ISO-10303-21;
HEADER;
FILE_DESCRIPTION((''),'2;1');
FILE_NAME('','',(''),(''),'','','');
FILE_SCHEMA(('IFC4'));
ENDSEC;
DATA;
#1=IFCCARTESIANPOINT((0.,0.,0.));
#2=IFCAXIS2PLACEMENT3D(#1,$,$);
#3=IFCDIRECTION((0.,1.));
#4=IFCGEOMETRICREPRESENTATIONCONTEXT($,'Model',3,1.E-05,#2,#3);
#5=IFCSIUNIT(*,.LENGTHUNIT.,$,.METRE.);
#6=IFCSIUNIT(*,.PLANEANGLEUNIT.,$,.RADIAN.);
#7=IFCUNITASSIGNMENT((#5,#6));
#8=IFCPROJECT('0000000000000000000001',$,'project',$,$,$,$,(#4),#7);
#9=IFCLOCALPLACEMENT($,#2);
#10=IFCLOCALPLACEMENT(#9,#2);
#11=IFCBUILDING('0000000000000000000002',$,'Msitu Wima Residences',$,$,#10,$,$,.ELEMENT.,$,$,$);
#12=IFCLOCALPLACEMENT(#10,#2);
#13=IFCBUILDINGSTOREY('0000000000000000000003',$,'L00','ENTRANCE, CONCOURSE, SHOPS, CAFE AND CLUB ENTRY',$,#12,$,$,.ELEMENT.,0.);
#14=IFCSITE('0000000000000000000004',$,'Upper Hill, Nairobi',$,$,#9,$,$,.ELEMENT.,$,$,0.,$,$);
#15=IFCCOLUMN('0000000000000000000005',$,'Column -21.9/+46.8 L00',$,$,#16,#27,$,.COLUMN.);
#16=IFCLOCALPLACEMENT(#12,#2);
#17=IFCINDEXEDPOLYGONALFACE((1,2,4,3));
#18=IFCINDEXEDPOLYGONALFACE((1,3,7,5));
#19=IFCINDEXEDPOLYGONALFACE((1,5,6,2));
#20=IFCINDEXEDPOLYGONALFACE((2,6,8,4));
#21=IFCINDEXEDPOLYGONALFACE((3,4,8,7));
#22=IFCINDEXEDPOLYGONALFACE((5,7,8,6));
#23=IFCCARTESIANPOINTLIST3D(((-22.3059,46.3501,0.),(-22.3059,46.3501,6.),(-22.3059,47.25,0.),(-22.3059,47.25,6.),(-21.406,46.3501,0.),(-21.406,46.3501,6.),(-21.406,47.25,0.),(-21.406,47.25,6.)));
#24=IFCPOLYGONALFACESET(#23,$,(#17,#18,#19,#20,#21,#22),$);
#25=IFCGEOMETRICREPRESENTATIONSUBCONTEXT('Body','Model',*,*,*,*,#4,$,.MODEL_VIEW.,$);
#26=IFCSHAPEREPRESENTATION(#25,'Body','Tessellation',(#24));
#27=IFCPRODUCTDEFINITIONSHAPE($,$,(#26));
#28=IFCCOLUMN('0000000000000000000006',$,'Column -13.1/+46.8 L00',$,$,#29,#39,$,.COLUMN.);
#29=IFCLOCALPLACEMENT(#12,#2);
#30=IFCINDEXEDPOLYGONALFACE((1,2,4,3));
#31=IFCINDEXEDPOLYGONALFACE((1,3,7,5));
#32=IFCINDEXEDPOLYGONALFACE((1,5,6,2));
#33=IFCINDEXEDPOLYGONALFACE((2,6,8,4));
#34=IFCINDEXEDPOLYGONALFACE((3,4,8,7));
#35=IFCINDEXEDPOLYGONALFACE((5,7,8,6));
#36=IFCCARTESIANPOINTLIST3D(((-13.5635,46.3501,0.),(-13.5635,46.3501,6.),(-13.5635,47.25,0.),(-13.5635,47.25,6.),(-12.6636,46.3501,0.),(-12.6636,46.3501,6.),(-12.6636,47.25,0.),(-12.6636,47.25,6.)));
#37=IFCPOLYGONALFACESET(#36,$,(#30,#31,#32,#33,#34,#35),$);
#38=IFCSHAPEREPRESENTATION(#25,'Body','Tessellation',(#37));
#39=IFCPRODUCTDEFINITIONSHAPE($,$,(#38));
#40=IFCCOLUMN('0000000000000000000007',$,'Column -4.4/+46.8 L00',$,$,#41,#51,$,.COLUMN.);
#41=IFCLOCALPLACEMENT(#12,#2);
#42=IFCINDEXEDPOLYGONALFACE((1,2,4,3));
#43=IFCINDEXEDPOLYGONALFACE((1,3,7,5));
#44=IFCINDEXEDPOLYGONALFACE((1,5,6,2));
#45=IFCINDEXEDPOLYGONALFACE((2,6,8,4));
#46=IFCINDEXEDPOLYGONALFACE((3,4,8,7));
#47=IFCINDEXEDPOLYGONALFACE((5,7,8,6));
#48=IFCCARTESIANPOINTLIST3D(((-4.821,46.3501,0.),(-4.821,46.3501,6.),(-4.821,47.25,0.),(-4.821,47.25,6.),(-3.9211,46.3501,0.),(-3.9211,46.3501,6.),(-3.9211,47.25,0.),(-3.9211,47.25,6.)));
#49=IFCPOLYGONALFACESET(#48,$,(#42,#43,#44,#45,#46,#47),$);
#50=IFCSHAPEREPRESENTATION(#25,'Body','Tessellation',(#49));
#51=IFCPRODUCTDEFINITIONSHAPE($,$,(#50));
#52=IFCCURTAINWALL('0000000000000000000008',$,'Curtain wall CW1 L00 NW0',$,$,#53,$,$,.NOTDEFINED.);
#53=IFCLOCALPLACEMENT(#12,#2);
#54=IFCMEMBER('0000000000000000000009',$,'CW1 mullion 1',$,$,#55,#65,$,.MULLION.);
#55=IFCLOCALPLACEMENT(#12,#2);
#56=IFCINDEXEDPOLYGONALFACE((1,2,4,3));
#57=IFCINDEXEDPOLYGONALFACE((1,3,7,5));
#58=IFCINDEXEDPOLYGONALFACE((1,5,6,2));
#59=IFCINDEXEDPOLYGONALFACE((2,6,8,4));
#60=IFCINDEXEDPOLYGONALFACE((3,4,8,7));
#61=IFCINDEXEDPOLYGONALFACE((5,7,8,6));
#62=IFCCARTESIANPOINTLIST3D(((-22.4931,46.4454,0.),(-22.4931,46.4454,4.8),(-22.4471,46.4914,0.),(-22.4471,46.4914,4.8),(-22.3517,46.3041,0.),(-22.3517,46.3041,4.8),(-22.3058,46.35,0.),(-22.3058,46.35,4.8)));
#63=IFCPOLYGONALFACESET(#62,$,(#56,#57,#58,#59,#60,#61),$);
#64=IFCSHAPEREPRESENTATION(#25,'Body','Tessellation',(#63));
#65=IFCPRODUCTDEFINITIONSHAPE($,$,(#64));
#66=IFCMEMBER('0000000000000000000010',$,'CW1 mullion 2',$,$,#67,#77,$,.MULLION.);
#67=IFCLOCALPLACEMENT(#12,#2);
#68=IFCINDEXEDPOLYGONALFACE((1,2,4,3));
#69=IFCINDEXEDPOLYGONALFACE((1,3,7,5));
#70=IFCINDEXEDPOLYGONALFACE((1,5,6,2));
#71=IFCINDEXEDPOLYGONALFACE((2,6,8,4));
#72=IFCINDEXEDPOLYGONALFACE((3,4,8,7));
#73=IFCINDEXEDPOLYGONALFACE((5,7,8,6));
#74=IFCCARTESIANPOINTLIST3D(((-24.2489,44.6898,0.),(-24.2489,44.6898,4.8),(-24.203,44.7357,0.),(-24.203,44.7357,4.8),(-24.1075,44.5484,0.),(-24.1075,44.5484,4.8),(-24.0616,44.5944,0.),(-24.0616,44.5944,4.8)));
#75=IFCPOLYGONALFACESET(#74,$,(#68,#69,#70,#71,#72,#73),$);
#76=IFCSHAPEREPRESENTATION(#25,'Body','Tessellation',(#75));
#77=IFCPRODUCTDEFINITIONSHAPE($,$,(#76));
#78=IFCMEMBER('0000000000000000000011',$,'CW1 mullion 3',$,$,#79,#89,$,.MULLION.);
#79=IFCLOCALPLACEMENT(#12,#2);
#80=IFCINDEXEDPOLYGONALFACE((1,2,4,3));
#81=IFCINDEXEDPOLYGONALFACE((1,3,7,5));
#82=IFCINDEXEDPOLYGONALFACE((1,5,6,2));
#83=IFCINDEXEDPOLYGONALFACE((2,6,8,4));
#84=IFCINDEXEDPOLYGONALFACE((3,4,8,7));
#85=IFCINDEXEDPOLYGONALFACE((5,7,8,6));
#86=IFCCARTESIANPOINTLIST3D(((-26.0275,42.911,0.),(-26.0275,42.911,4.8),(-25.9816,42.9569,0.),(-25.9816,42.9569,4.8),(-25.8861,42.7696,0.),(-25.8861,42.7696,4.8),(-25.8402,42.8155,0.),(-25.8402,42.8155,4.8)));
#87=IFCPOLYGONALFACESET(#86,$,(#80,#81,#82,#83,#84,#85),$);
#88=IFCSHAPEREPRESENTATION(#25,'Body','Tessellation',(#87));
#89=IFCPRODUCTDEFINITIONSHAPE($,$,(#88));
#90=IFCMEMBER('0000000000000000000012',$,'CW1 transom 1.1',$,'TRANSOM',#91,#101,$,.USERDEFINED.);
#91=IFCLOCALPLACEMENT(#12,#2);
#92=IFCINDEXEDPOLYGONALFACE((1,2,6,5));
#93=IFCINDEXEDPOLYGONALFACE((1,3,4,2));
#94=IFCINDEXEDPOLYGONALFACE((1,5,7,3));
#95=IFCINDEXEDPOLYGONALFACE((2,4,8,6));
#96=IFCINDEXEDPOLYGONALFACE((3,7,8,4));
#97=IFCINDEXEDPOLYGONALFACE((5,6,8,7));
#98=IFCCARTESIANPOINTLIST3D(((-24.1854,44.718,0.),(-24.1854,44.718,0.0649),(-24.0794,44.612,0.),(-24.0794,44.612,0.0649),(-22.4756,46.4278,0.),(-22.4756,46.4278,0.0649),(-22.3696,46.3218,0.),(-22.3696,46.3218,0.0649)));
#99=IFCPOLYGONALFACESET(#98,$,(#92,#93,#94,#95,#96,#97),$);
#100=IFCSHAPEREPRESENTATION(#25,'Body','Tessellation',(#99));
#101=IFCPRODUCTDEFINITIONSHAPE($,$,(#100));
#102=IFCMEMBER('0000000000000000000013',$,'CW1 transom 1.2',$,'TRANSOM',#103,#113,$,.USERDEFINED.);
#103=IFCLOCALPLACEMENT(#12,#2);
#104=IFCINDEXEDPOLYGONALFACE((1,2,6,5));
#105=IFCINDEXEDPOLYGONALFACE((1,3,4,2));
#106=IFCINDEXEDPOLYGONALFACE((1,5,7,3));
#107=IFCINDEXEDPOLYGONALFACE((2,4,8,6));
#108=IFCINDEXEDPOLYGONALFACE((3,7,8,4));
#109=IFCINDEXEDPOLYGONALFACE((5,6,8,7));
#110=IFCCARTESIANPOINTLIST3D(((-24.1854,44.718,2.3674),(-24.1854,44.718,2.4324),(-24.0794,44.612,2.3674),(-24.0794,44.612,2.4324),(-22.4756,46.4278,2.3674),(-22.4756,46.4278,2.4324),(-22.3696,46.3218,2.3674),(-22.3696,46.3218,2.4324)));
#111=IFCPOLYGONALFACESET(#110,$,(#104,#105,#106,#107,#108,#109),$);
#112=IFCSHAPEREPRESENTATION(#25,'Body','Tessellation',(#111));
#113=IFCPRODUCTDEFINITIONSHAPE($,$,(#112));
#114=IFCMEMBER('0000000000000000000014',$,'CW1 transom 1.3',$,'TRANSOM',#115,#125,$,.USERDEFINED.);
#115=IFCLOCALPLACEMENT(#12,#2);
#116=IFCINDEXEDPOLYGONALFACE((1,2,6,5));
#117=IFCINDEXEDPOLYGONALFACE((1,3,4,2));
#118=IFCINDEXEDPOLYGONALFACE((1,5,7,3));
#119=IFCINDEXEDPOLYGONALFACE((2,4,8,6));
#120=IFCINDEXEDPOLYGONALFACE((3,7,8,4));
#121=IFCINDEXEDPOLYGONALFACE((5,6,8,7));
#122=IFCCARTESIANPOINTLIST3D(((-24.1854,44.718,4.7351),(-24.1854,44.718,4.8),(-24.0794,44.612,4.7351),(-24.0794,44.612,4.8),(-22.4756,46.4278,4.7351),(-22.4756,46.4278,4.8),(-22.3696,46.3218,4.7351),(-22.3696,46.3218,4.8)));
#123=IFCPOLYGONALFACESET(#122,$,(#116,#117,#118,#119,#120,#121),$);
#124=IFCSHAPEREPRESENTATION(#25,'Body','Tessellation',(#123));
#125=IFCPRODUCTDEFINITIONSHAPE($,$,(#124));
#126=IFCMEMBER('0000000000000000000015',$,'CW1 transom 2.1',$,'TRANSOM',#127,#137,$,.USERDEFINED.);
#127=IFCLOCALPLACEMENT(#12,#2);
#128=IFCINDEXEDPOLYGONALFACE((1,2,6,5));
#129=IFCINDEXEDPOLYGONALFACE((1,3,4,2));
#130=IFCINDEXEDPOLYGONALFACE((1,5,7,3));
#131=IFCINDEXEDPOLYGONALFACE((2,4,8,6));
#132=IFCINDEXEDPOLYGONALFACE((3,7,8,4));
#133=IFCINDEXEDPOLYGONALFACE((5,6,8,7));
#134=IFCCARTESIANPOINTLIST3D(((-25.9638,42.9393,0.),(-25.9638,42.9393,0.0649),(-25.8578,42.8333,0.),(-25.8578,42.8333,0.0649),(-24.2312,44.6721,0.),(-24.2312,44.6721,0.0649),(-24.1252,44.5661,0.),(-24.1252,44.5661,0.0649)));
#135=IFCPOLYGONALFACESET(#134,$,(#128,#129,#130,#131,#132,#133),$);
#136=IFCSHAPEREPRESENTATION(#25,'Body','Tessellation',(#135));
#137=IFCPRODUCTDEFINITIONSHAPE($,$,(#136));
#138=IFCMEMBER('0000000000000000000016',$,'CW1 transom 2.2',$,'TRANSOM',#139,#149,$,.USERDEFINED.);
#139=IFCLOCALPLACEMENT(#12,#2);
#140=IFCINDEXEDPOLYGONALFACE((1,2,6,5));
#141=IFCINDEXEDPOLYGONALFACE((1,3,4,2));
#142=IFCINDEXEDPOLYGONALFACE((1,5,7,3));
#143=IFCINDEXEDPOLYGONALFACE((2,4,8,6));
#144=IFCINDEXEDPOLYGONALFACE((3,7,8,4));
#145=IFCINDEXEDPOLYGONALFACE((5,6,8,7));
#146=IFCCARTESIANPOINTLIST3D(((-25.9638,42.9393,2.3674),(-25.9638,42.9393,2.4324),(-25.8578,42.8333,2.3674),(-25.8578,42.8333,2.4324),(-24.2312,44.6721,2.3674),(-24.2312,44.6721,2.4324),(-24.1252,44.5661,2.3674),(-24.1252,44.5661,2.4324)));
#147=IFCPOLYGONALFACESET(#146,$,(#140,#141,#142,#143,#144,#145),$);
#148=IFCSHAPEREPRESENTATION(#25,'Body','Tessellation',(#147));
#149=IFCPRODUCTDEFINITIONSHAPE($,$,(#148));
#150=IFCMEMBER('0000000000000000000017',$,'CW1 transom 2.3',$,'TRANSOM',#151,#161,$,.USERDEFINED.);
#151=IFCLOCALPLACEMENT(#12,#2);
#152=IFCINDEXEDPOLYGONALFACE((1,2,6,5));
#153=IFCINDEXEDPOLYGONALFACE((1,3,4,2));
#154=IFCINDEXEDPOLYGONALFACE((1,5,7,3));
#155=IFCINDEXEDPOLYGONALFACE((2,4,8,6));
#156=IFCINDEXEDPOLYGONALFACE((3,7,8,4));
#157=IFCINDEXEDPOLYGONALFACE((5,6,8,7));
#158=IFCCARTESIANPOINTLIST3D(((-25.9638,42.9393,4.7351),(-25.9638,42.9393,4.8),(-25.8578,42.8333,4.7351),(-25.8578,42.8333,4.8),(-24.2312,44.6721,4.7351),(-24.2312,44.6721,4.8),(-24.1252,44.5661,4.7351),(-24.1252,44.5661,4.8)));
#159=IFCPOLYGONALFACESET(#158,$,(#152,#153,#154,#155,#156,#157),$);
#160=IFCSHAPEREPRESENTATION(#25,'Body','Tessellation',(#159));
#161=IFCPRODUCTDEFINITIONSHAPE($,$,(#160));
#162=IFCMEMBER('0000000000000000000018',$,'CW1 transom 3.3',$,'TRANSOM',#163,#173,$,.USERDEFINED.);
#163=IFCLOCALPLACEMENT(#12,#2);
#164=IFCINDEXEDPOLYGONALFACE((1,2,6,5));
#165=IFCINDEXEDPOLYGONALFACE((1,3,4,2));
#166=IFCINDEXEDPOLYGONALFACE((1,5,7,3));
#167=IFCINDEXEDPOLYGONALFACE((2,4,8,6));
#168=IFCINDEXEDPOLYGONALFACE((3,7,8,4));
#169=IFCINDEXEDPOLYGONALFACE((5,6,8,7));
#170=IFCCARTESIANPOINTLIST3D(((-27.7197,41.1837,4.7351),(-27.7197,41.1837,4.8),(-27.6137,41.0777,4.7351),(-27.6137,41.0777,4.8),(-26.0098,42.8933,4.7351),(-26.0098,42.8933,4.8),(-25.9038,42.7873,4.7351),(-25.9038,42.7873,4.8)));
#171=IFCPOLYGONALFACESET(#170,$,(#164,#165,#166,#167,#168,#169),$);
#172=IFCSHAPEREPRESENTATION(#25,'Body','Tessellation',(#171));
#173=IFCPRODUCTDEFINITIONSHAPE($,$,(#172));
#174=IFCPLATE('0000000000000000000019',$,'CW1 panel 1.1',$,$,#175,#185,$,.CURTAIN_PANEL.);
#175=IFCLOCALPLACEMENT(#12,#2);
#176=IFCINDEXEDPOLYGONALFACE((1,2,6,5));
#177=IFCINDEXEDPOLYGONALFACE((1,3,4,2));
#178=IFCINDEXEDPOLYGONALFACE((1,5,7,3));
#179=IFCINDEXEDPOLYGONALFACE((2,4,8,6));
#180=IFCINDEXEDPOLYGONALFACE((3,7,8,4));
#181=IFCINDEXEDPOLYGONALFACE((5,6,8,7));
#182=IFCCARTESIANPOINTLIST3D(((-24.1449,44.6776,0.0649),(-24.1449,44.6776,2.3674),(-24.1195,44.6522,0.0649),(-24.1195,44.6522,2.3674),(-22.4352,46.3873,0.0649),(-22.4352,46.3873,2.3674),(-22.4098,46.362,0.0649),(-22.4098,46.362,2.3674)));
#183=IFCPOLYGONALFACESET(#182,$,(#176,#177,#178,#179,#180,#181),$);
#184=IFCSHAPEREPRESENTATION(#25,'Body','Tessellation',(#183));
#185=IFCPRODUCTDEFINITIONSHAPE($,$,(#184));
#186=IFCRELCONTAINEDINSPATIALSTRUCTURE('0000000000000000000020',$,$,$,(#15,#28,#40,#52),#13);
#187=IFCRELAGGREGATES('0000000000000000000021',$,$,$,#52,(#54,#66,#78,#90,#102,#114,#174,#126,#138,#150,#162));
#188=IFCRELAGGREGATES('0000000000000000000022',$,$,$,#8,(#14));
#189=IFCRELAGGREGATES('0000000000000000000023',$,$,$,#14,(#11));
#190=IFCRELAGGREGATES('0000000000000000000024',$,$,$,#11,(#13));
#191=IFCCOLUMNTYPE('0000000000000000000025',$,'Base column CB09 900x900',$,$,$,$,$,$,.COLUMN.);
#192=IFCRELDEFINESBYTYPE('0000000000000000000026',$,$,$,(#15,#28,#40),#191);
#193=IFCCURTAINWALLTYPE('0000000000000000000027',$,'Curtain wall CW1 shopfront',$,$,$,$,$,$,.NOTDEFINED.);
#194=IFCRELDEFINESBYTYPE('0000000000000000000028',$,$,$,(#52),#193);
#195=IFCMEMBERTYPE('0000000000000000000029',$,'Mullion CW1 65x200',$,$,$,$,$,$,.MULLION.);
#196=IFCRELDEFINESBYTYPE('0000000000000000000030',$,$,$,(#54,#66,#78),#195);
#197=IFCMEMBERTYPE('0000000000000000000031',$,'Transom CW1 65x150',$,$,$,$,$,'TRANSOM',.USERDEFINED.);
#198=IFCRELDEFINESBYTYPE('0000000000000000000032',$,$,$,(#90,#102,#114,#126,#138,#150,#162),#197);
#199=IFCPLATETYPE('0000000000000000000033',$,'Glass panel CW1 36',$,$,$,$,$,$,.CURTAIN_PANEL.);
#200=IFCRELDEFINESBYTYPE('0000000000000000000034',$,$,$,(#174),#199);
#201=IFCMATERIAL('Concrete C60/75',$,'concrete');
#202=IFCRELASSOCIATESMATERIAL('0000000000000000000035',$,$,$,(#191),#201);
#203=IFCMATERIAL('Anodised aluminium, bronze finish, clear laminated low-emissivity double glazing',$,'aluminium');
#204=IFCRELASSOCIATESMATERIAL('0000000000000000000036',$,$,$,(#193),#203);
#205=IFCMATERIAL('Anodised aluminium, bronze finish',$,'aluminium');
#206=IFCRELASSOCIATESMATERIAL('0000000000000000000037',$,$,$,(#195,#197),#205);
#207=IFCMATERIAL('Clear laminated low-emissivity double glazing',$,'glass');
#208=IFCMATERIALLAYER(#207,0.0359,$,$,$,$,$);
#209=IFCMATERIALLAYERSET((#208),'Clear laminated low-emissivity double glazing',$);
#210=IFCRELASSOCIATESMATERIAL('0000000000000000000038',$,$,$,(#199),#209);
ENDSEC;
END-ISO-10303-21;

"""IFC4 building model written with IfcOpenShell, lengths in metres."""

from ifc_helpers import new_model, si_unit, direction, frame, origin, origin_2d, place, context, subcontext, project, spatial, rectangle, extrude, material, layer, layer_set, material_profile, profile_set, type_object, element, aggregate, save


model = new_model("IFC4")

# Units and contexts
model_context = context("Model", 3, precision=1e-05, world=origin(), true_north=direction((0.0, 1.0)))
body_context = subcontext(model_context, "Body", "Model", "MODEL_VIEW")
ifc_project = project(units=[si_unit("LENGTHUNIT", "METRE"), si_unit("PLANEANGLEUNIT", "RADIAN")], contexts=[model_context])

# Site, building, storey
site_placement = place(None, origin())
site = spatial("IfcSite", under=ifc_project, at=site_placement, Name="Upper Hill, Nairobi", CompositionType="ELEMENT", RefElevation=0.0)
building_placement = place(site_placement, origin())
building = spatial("IfcBuilding", under=site, at=building_placement, Name="Msitu Wima Residences", CompositionType="ELEMENT")
storey_placement = place(building_placement, origin())
storey = spatial("IfcBuildingStorey", under=building, at=storey_placement, Name="L00", Description="ENTRANCE, CONCOURSE, SHOPS, CAFE AND CLUB ENTRY", CompositionType="ELEMENT", Elevation=0.0)

# Columns
ifc_material_1 = material(Name="Concrete C60/75", Category="concrete")
ifc_material_profile_1 = material_profile(ifc_material_1, rectangle(XDim=0.8999, YDim=0.8999, at=origin_2d()), Name="RC 900x900")
ifc_profile_set_1 = profile_set([ifc_material_profile_1], Name="Concrete C60/75")
column_type = type_object("IfcColumnType", Name="Base column CB09 900x900", PredefinedType="COLUMN", material=ifc_profile_set_1)
for number, where, z_axis, x_axis, name in (
    (1, (-21.856, 46.8, 0.0), (0.0, 0.0, 1.0), (1.0, 0.0, 0.0), "Column -21.9/+46.8 L00"),
    (2, (-13.1135, 46.8, 0.0), (0.0, 0.0, 1.0), (1.0, 0.0, 0.0), "Column -13.1/+46.8 L00"),
    (3, (-4.3711, 46.8, 0.0), (0.0, 0.0, 1.0), (1.0, 0.0, 0.0), "Column -4.4/+46.8 L00"),
):
    element("IfcColumn", number, at=place(storey_placement, frame(where, z_axis=z_axis, x_axis=x_axis)), inside=storey, type_object=column_type, Name=name, PredefinedType="COLUMN", context=body_context, shape_type="SweptSolid", body=[
        extrude(rectangle(XDim=0.8999, YDim=0.8999, at=origin_2d()), origin(), (0.0, 0.0, 1.0), 6.0),
    ])

# Curtain wall, members, plate
ifc_material_2 = material(Name="Anodised aluminium, bronze finish, clear laminated low-emissivity double glazing", Category="aluminium")
curtain_wall_type = type_object("IfcCurtainWallType", Name="Curtain wall CW1 shopfront", PredefinedType="NOTDEFINED", material=ifc_material_2)
curtain_wall_placement = place(storey_placement, origin())
curtain_wall = element("IfcCurtainWall", 4, at=curtain_wall_placement, inside=storey, type_object=curtain_wall_type, Name="Curtain wall CW1 L00 NW0", PredefinedType="NOTDEFINED")
ifc_material_3 = material(Name="Anodised aluminium, bronze finish", Category="aluminium")
ifc_material_profile_2 = material_profile(ifc_material_3, rectangle(XDim=0.2, YDim=0.0649, at=origin_2d()), Name="Mullion 65x200")
ifc_profile_set_2 = profile_set([ifc_material_profile_2], Name="Anodised aluminium, bronze finish")
member_type_1 = type_object("IfcMemberType", Name="Mullion CW1 65x200", PredefinedType="MULLION", material=ifc_profile_set_2)
member_1_placement = place(storey_placement, frame((-22.3994, 46.3977, 0.0), z_axis=(0.0, 0.0, 1.0), x_axis=(0.707107, -0.707107, 0.0)))
member_1 = element("IfcMember", 5, at=member_1_placement, type_object=member_type_1, Name="CW1 mullion 1", PredefinedType="MULLION", context=body_context, shape_type="SweptSolid", body=[
    extrude(rectangle(XDim=0.2, YDim=0.0649, at=origin_2d()), origin(), (0.0, 0.0, 1.0), 4.8),
])
member_2_placement = place(storey_placement, frame((-24.1553, 44.6421, 0.0), z_axis=(0.0, 0.0, 1.0), x_axis=(0.707107, -0.707107, 0.0)))
member_2 = element("IfcMember", 6, at=member_2_placement, type_object=member_type_1, Name="CW1 mullion 2", PredefinedType="MULLION", context=body_context, shape_type="SweptSolid", body=[
    extrude(rectangle(XDim=0.2, YDim=0.0649, at=origin_2d()), origin(), (0.0, 0.0, 1.0), 4.8),
])
member_3_placement = place(storey_placement, frame((-25.9338, 42.8633, 0.0), z_axis=(0.0, 0.0, 1.0), x_axis=(0.707107, -0.707107, 0.0)))
member_3 = element("IfcMember", 7, at=member_3_placement, type_object=member_type_1, Name="CW1 mullion 3", PredefinedType="MULLION", context=body_context, shape_type="SweptSolid", body=[
    extrude(rectangle(XDim=0.2, YDim=0.0649, at=origin_2d()), origin(), (0.0, 0.0, 1.0), 4.8),
])
ifc_material_profile_3 = material_profile(ifc_material_3, rectangle(XDim=0.1499, YDim=0.0649, at=origin_2d()), Name="Transom 65x150")
ifc_profile_set_3 = profile_set([ifc_material_profile_3], Name="Anodised aluminium, bronze finish")
member_type_2 = type_object("IfcMemberType", Name="Transom CW1 65x150", ElementType="TRANSOM", PredefinedType="USERDEFINED", material=ifc_profile_set_3)
member_4_placement = place(storey_placement, frame((-22.4226, 46.3748, 0.0325), z_axis=(-0.707107, -0.707107, 0.0), x_axis=(0.707107, -0.707107, 0.0)))
member_4 = element("IfcMember", 8, at=member_4_placement, type_object=member_type_2, Name="CW1 transom 1.1", ObjectType="TRANSOM", PredefinedType="USERDEFINED", context=body_context, shape_type="SweptSolid", body=[
    extrude(rectangle(XDim=0.1499, YDim=0.0649, at=origin_2d()), origin(), (0.0, 0.0, 1.0), 2.418),
])
member_5_placement = place(storey_placement, frame((-22.4226, 46.3748, 2.3999), z_axis=(-0.707107, -0.707107, 0.0), x_axis=(0.707107, -0.707107, 0.0)))
member_5 = element("IfcMember", 9, at=member_5_placement, type_object=member_type_2, Name="CW1 transom 1.2", ObjectType="TRANSOM", PredefinedType="USERDEFINED", context=body_context, shape_type="SweptSolid", body=[
    extrude(rectangle(XDim=0.1499, YDim=0.0649, at=origin_2d()), origin(), (0.0, 0.0, 1.0), 2.418),
])
member_6_placement = place(storey_placement, frame((-22.4226, 46.3748, 4.7676), z_axis=(-0.707107, -0.707107, 0.0), x_axis=(0.707107, -0.707107, 0.0)))
member_6 = element("IfcMember", 10, at=member_6_placement, type_object=member_type_2, Name="CW1 transom 1.3", ObjectType="TRANSOM", PredefinedType="USERDEFINED", context=body_context, shape_type="SweptSolid", body=[
    extrude(rectangle(XDim=0.1499, YDim=0.0649, at=origin_2d()), origin(), (0.0, 0.0, 1.0), 2.418),
])
member_7_placement = place(storey_placement, frame((-24.1782, 44.6191, 0.0325), z_axis=(-0.707057, -0.707157, 0.0), x_axis=(0.707157, -0.707057, 0.0)))
member_7 = element("IfcMember", 11, at=member_7_placement, type_object=member_type_2, Name="CW1 transom 2.1", ObjectType="TRANSOM", PredefinedType="USERDEFINED", context=body_context, shape_type="SweptSolid", body=[
    extrude(rectangle(XDim=0.1499, YDim=0.0649, at=origin_2d()), origin(), (0.0, 0.0, 1.0), 2.4504),
])
member_8_placement = place(storey_placement, frame((-24.1782, 44.6191, 2.3999), z_axis=(-0.707057, -0.707157, 0.0), x_axis=(0.707157, -0.707057, 0.0)))
member_8 = element("IfcMember", 12, at=member_8_placement, type_object=member_type_2, Name="CW1 transom 2.2", ObjectType="TRANSOM", PredefinedType="USERDEFINED", context=body_context, shape_type="SweptSolid", body=[
    extrude(rectangle(XDim=0.1499, YDim=0.0649, at=origin_2d()), origin(), (0.0, 0.0, 1.0), 2.4504),
])
member_9_placement = place(storey_placement, frame((-24.1782, 44.6191, 4.7676), z_axis=(-0.707057, -0.707157, 0.0), x_axis=(0.707157, -0.707057, 0.0)))
member_9 = element("IfcMember", 13, at=member_9_placement, type_object=member_type_2, Name="CW1 transom 2.3", ObjectType="TRANSOM", PredefinedType="USERDEFINED", context=body_context, shape_type="SweptSolid", body=[
    extrude(rectangle(XDim=0.1499, YDim=0.0649, at=origin_2d()), origin(), (0.0, 0.0, 1.0), 2.4504),
])
member_10_placement = place(storey_placement, frame((-25.9568, 42.8403, 4.7676), z_axis=(-0.707157, -0.707056, 0.0), x_axis=(0.707056, -0.707157, 0.0)))
member_10 = element("IfcMember", 14, at=member_10_placement, type_object=member_type_2, Name="CW1 transom 3.3", ObjectType="TRANSOM", PredefinedType="USERDEFINED", context=body_context, shape_type="SweptSolid", body=[
    extrude(rectangle(XDim=0.1499, YDim=0.0649, at=origin_2d()), origin(), (0.0, 0.0, 1.0), 2.418),
])
ifc_material_4 = material(Name="Clear laminated low-emissivity double glazing", Category="glass")
ifc_layer_1 = layer(ifc_material_4, 0.0359)
ifc_layer_set_1 = layer_set([ifc_layer_1], Name="Clear laminated low-emissivity double glazing")
plate_type = type_object("IfcPlateType", Name="Glass panel CW1 36", PredefinedType="CURTAIN_PANEL", material=ifc_layer_set_1)
plate_1_placement = place(storey_placement, frame((-23.2773, 45.5198, 0.0649), z_axis=(0.0, 0.0, 1.0), x_axis=(-0.707107, -0.707107, 0.0)))
plate_1 = element("IfcPlate", 15, at=plate_1_placement, type_object=plate_type, Name="CW1 panel 1.1", PredefinedType="CURTAIN_PANEL", context=body_context, shape_type="SweptSolid", body=[
    extrude(rectangle(XDim=2.418, YDim=0.0359, at=origin_2d()), origin(), (0.0, 0.0, 1.0), 2.3025),
])
aggregate(curtain_wall, [member_1, member_2, member_3, member_4, member_5, member_6, plate_1, member_7, member_8, member_9, member_10])

save(model, "model.ifc")
